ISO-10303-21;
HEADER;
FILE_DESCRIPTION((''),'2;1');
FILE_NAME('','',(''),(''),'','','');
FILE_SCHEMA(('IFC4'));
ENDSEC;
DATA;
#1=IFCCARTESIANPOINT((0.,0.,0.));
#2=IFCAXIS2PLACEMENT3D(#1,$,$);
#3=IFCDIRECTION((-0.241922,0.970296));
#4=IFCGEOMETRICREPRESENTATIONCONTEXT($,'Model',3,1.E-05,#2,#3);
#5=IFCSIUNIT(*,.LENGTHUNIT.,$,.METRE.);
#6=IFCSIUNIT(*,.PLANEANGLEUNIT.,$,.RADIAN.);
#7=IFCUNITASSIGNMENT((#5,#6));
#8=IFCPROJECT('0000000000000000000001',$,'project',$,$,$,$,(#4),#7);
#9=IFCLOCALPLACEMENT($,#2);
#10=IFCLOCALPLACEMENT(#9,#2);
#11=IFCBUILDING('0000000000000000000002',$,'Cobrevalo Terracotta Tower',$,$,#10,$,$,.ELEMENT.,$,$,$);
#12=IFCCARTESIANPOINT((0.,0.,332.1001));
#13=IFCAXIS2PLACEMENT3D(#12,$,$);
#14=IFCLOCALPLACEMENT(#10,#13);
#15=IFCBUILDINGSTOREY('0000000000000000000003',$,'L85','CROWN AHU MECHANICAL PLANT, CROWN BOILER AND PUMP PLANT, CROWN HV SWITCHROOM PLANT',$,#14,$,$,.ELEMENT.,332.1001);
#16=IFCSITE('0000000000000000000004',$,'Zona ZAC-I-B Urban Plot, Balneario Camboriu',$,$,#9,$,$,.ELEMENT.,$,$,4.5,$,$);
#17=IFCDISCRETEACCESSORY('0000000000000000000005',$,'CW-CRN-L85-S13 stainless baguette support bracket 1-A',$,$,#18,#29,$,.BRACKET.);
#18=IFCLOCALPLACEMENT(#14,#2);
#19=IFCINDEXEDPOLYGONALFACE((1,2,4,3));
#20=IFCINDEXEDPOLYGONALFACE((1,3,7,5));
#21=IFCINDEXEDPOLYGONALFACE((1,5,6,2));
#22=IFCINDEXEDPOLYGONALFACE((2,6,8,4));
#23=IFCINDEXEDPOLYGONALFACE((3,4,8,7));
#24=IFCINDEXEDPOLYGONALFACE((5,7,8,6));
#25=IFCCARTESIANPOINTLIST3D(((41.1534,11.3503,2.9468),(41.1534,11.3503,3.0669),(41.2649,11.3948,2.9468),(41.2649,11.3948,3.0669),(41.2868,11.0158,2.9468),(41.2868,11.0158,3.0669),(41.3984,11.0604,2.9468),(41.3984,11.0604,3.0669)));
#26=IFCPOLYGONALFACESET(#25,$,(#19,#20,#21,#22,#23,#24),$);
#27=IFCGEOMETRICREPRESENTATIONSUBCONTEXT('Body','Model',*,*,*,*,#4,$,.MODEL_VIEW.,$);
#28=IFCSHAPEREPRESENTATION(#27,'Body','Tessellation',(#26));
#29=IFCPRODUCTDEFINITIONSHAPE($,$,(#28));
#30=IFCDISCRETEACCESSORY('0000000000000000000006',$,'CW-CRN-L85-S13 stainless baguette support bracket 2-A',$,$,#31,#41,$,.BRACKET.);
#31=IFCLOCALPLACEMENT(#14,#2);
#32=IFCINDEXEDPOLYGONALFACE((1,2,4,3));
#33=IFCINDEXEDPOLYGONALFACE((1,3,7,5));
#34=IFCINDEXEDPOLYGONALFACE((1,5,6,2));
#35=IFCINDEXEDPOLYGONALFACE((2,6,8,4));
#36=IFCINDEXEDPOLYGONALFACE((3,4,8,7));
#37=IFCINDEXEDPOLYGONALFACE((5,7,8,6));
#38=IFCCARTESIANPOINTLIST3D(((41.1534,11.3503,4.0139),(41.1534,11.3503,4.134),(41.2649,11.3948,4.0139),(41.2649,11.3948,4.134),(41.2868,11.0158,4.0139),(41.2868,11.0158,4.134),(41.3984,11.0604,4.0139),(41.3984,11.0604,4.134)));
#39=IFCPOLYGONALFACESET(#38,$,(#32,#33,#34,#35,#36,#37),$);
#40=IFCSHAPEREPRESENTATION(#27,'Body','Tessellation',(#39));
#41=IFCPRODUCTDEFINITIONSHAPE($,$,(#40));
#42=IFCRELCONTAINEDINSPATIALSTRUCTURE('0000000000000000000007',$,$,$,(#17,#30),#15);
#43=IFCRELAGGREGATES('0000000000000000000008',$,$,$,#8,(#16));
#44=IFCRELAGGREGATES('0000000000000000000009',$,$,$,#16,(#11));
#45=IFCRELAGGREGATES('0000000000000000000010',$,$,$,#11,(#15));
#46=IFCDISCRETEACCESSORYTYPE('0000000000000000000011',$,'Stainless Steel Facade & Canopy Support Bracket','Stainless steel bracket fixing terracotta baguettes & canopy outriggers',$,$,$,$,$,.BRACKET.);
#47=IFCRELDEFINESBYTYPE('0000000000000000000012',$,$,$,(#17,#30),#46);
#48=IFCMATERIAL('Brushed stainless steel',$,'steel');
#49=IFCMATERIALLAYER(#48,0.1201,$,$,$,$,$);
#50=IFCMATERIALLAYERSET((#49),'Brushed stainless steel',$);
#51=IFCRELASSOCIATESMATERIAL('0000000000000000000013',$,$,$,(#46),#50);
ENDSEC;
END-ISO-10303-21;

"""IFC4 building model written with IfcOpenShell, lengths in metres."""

from ifc_helpers import new_model, si_unit, direction, frame, origin, origin_2d, place, context, subcontext, project, spatial, rectangle, extrude, source, transform, mapped, material, layer, layer_set, type_object, element, save


model = new_model("IFC4")

# Units and contexts
model_context = context("Model", 3, precision=1e-05, world=origin(), true_north=direction((-0.241922, 0.970296)))
body_context = subcontext(model_context, "Body", "Model", "MODEL_VIEW")
ifc_project = project(units=[si_unit("LENGTHUNIT", "METRE"), si_unit("PLANEANGLEUNIT", "RADIAN")], contexts=[model_context])

# Site, building, storey
site_placement = place(None, origin())
site = spatial("IfcSite", under=ifc_project, at=site_placement, Name="Zona ZAC-I-B Urban Plot, Balneario Camboriu", CompositionType="ELEMENT", RefElevation=4.5)
building_placement = place(site_placement, origin())
building = spatial("IfcBuilding", under=site, at=building_placement, Name="Cobrevalo Terracotta Tower", CompositionType="ELEMENT")
storey_placement = place(building_placement, frame((0.0, 0.0, 332.1001)))
storey = spatial("IfcBuildingStorey", under=building, at=storey_placement, Name="L85", Description="CROWN AHU MECHANICAL PLANT, CROWN BOILER AND PUMP PLANT, CROWN HV SWITCHROOM PLANT", CompositionType="ELEMENT", Elevation=332.1001)

# Discrete accessories
ifc_material_1 = material(Name="Brushed stainless steel", Category="steel")
ifc_layer_1 = layer(ifc_material_1, 0.1201)
ifc_layer_set_1 = layer_set([ifc_layer_1], Name="Brushed stainless steel")
discrete_accessory_type = type_object("IfcDiscreteAccessoryType", Name="Stainless Steel Facade & Canopy Support Bracket", Description="Stainless steel bracket fixing terracotta baguettes & canopy outriggers", PredefinedType="BRACKET", material=ifc_layer_set_1)
shared_shape_1 = source(origin(), body_context, "Body", "SweptSolid", [
    extrude(rectangle(XDim=0.1201, YDim=0.3601, at=origin_2d()), origin(), (0.0, 0.0, 1.0), 0.1201),
])
for number, where, z_axis, x_axis, name in (
    (1, (41.2759, 11.2053, 2.9468), (0.0, 0.0, 1.0), (0.928769, 0.37066, 0.0), "CW-CRN-L85-S13 stainless baguette support bracket 1-A"),
    (2, (41.2759, 11.2053, 4.0139), (0.0, 0.0, 1.0), (0.928769, 0.37066, 0.0), "CW-CRN-L85-S13 stainless baguette support bracket 2-A"),
):
    element("IfcDiscreteAccessory", number, at=place(storey_placement, frame(where, z_axis=z_axis, x_axis=x_axis)), inside=storey, type_object=discrete_accessory_type, Name=name, PredefinedType="BRACKET", context=body_context, shape_type="MappedRepresentation", body=[
        mapped(shared_shape_1, transform((0.0, 0.0, 0.0), scale=1.0)),
    ])

save(model, "model.ifc")
